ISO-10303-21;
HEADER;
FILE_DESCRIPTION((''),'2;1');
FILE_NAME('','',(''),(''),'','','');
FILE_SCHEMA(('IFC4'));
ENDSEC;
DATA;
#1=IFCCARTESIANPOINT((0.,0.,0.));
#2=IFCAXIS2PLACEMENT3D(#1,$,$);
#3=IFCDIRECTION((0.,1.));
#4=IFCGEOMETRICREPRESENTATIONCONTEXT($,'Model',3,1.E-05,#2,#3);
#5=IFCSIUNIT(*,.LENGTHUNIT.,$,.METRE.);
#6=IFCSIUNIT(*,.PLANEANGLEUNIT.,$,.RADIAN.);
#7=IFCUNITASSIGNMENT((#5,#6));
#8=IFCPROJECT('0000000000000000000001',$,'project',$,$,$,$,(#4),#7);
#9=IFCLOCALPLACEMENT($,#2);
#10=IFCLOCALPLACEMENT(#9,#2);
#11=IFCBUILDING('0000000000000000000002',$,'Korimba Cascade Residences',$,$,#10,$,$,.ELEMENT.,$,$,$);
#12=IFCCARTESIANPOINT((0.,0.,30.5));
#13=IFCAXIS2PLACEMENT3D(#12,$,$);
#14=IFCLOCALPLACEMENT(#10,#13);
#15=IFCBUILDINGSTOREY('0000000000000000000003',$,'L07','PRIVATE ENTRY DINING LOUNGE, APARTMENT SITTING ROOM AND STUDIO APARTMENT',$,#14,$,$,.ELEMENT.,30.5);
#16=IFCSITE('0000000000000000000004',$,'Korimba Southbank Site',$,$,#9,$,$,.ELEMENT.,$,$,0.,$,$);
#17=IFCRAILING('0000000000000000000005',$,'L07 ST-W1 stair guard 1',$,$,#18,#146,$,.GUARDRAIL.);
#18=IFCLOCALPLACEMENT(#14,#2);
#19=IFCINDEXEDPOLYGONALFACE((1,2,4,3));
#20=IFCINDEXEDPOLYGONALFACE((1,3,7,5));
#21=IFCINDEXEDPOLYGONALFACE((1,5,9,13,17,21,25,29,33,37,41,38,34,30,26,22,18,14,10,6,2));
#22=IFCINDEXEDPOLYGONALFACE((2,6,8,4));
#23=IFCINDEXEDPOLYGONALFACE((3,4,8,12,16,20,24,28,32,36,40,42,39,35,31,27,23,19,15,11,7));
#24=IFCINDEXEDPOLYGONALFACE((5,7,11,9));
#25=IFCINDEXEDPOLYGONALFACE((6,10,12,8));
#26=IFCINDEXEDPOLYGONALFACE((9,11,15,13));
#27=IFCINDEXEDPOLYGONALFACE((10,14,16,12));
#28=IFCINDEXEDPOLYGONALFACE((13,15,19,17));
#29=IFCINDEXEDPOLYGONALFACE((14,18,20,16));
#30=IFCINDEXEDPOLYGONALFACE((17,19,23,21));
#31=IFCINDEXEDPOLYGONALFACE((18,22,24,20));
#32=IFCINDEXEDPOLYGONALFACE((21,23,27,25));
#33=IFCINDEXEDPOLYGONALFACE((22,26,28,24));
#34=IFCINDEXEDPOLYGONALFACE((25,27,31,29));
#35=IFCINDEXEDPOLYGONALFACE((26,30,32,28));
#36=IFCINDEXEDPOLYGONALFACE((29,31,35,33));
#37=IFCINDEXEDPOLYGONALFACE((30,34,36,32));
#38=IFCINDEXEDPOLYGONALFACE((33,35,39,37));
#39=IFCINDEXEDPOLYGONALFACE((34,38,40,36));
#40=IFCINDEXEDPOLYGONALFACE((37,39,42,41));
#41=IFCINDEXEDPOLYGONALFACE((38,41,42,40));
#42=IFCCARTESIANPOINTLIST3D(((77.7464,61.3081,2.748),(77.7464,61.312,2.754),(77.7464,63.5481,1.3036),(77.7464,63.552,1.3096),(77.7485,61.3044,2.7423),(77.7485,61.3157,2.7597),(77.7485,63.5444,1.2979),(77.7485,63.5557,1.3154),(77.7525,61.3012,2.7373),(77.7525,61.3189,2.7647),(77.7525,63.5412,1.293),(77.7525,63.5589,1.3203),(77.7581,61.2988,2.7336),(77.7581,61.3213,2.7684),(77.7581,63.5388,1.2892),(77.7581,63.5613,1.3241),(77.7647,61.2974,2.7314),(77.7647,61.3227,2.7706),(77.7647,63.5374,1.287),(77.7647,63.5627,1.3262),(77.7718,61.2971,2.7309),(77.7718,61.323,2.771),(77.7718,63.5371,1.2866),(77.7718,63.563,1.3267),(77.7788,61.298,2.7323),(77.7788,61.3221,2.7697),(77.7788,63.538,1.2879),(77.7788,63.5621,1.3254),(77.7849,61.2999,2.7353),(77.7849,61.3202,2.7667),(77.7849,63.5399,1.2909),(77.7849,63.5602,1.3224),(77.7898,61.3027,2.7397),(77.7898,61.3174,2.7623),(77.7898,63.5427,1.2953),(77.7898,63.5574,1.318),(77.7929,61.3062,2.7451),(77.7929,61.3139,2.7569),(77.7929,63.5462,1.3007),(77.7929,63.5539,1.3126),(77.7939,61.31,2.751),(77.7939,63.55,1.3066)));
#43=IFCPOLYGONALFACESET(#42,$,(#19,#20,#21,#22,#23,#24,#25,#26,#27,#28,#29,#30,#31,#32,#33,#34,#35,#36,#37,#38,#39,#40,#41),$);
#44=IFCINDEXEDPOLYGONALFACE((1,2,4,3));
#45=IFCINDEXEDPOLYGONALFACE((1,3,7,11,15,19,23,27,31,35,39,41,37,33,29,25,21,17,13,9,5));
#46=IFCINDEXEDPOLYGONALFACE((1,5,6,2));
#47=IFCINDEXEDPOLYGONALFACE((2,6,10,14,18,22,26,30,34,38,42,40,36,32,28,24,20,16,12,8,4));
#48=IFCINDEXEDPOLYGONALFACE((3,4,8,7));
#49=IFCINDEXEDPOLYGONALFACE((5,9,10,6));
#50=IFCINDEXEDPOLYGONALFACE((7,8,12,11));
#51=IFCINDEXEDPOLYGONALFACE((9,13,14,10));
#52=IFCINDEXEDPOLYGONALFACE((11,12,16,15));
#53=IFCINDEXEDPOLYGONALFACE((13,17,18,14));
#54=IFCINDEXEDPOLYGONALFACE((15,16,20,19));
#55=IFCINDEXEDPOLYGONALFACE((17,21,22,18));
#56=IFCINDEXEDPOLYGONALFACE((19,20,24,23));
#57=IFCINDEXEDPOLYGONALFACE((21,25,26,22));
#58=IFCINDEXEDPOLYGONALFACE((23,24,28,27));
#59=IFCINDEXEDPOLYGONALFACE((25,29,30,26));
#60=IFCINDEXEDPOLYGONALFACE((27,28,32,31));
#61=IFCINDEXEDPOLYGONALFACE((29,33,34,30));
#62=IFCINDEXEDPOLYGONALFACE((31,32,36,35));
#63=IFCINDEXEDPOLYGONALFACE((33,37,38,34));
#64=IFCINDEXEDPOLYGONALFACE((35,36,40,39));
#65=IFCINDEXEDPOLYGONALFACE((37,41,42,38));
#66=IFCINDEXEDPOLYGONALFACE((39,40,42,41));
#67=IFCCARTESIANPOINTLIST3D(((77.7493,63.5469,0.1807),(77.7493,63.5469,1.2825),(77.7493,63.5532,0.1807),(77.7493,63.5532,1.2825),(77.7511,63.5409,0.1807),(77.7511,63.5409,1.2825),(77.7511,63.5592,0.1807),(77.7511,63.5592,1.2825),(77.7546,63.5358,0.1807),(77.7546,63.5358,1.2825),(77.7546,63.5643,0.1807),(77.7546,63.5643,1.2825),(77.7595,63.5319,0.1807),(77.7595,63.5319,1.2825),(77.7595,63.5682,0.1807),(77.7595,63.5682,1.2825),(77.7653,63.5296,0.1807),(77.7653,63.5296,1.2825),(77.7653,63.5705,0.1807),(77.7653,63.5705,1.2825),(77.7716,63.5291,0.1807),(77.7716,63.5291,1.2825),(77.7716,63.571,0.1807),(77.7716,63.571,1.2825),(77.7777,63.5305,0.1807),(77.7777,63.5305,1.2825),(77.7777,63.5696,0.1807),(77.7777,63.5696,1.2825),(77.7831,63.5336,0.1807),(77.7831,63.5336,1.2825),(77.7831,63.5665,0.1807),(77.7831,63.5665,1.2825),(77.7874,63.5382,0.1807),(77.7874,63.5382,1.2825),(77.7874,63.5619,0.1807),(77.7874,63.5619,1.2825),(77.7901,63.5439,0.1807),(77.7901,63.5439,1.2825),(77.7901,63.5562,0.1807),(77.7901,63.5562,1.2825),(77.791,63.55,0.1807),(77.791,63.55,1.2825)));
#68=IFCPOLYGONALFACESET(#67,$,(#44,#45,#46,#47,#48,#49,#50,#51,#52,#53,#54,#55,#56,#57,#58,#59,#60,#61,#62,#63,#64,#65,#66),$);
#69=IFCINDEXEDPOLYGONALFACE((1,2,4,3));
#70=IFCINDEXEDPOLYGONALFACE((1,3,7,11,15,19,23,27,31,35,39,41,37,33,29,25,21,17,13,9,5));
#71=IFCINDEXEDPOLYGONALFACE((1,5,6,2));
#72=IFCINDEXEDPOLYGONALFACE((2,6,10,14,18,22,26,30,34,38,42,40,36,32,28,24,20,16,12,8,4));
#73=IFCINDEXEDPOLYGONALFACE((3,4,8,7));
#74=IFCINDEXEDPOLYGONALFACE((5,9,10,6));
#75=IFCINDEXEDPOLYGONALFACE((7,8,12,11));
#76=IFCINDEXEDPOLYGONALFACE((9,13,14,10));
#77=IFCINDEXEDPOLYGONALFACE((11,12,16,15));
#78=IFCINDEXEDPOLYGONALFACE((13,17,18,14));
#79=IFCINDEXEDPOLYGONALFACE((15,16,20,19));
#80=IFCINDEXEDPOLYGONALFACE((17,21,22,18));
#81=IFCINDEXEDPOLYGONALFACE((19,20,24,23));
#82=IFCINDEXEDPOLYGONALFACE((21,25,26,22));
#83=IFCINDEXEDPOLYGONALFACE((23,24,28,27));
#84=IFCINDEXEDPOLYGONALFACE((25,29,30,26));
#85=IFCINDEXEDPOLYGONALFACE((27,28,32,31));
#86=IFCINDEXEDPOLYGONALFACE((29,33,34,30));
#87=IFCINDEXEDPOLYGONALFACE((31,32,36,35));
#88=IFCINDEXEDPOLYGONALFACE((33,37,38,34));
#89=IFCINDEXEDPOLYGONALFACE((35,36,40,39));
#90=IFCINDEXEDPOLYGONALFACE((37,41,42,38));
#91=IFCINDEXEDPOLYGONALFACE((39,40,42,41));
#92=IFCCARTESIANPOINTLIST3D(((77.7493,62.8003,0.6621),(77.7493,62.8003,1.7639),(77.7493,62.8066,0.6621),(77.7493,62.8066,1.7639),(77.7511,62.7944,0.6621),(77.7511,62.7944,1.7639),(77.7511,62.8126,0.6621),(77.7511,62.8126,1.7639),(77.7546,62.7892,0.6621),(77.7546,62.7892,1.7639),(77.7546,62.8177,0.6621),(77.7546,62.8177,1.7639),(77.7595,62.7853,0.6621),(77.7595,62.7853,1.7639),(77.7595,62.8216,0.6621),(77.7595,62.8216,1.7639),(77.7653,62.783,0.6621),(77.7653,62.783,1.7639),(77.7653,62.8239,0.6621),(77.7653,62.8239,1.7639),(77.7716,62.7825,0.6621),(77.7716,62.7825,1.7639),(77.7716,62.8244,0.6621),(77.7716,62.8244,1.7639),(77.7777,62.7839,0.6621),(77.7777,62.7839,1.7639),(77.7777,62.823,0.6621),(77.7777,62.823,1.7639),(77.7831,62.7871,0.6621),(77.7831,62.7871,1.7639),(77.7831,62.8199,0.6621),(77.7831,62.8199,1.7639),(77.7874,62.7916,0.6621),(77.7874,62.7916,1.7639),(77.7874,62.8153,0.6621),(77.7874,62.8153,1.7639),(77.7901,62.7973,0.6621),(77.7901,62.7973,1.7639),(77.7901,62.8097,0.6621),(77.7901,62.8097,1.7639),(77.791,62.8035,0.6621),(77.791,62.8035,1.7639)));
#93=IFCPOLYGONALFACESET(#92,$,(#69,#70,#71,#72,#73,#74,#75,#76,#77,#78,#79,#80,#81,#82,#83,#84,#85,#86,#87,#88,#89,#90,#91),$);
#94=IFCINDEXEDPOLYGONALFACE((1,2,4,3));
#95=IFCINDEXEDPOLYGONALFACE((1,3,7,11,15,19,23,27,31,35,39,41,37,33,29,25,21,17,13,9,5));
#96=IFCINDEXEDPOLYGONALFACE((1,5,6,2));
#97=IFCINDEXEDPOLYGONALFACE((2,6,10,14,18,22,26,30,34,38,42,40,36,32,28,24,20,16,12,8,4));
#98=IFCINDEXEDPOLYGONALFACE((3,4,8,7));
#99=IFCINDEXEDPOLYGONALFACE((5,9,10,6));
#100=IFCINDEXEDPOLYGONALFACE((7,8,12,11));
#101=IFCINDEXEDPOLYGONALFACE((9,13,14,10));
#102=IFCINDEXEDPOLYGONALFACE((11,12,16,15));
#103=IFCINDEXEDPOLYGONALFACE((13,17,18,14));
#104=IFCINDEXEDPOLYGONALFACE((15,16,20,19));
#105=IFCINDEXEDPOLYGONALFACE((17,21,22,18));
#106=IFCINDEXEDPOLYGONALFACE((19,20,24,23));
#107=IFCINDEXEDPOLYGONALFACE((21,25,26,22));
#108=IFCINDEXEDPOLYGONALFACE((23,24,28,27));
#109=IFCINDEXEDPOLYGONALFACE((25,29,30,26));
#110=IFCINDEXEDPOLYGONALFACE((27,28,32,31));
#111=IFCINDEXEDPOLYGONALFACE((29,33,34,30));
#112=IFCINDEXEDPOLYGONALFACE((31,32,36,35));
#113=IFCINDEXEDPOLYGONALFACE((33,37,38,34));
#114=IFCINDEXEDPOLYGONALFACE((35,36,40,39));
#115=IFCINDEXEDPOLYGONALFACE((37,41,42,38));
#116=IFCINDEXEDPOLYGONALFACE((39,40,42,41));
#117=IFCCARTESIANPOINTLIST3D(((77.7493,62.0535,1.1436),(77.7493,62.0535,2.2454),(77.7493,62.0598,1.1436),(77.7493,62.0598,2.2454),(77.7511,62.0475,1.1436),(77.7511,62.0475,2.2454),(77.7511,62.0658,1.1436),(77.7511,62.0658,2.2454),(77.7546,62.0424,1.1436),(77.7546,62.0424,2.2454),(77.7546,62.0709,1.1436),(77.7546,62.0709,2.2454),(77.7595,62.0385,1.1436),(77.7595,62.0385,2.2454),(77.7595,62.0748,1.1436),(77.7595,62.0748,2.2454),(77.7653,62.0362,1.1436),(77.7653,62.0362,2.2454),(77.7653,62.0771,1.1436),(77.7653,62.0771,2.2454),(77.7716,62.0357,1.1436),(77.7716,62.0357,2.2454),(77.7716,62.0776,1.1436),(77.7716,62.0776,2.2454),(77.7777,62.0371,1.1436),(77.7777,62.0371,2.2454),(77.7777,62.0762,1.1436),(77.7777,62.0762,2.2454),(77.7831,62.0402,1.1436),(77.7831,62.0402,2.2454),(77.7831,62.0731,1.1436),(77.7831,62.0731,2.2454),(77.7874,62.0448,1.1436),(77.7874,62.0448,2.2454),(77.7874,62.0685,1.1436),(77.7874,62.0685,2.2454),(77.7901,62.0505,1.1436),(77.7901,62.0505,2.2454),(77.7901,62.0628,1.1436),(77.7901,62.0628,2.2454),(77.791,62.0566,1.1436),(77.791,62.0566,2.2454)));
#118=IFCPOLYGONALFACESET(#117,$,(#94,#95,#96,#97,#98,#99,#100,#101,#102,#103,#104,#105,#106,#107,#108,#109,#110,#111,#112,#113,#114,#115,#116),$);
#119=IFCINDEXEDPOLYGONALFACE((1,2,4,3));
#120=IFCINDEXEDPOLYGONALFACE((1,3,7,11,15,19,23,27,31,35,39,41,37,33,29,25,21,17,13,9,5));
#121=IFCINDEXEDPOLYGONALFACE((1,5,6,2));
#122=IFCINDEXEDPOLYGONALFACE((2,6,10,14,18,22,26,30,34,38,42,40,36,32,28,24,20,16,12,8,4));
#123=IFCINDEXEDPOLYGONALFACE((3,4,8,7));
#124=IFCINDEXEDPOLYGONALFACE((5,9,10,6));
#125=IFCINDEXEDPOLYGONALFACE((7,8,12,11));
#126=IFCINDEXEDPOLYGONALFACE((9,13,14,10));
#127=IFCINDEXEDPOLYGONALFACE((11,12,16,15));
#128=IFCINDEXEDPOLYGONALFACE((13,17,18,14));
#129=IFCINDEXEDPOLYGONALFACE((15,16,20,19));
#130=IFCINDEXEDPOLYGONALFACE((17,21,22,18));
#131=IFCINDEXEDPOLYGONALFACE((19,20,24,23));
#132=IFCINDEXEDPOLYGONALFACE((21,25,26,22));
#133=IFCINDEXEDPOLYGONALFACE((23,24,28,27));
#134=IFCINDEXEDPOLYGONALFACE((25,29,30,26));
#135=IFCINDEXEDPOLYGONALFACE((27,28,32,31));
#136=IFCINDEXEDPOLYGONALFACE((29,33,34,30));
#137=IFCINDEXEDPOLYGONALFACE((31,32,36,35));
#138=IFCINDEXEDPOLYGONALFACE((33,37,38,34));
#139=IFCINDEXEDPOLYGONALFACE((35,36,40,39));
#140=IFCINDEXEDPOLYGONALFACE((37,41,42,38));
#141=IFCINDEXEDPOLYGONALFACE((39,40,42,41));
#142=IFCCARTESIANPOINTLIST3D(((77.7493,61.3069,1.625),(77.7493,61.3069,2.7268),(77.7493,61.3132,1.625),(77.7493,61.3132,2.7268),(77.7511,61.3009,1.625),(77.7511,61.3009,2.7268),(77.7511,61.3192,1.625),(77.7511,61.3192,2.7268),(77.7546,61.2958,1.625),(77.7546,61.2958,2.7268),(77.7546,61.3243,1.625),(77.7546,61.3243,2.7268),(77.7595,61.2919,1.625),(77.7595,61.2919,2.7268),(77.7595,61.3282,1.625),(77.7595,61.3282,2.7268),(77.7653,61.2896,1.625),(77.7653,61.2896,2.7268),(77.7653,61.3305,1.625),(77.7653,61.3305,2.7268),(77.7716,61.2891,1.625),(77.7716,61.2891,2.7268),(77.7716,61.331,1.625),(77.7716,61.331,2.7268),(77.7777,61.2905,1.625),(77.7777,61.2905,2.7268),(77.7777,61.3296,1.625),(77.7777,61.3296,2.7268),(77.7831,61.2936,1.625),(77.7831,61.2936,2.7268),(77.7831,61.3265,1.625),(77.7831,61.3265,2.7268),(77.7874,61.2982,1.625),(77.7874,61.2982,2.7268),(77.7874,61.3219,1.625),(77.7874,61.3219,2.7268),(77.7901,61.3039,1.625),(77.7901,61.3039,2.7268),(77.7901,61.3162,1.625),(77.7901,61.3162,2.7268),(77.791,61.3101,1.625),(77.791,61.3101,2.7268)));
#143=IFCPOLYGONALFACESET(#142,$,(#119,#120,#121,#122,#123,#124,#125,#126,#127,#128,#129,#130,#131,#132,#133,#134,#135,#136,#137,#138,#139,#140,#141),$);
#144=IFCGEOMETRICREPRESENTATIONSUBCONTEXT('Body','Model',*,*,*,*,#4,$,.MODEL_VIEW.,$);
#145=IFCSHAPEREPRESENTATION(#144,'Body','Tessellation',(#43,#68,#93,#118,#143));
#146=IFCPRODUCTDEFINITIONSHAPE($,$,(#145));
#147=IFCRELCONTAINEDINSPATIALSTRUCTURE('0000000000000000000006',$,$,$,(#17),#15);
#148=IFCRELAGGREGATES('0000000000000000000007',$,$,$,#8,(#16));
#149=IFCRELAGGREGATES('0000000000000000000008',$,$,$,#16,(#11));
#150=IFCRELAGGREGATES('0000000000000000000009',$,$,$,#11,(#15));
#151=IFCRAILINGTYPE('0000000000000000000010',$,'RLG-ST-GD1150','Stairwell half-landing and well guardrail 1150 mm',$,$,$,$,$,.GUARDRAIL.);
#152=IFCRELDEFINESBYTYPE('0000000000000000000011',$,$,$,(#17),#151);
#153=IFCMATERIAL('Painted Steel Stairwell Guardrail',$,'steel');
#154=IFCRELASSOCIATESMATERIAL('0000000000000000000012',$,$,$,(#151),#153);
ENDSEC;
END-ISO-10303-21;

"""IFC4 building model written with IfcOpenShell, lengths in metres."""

from ifc_helpers import new_model, si_unit, direction, frame, origin, origin_2d, place, context, subcontext, project, spatial, circle, extrude, material, type_object, element, save


model = new_model("IFC4")

# Units and contexts
model_context = context("Model", 3, precision=1e-05, world=origin(), true_north=direction((0.0, 1.0)))
body_context = subcontext(model_context, "Body", "Model", "MODEL_VIEW")
ifc_project = project(units=[si_unit("LENGTHUNIT", "METRE"), si_unit("PLANEANGLEUNIT", "RADIAN")], contexts=[model_context])

# Site, building, storey
site_placement = place(None, origin())
site = spatial("IfcSite", under=ifc_project, at=site_placement, Name="Korimba Southbank Site", CompositionType="ELEMENT", RefElevation=0.0)
building_placement = place(site_placement, origin())
building = spatial("IfcBuilding", under=site, at=building_placement, Name="Korimba Cascade Residences", CompositionType="ELEMENT")
storey_placement = place(building_placement, frame((0.0, 0.0, 30.5)))
storey = spatial("IfcBuildingStorey", under=building, at=storey_placement, Name="L07", Description="PRIVATE ENTRY DINING LOUNGE, APARTMENT SITTING ROOM AND STUDIO APARTMENT", CompositionType="ELEMENT", Elevation=30.5)

# Railing
ifc_material_1 = material(Name="Painted Steel Stairwell Guardrail", Category="steel")
railing_type_1 = type_object("IfcRailingType", Name="RLG-ST-GD1150", Description="Stairwell half-landing and well guardrail 1150 mm", PredefinedType="GUARDRAIL", material=ifc_material_1)
railing_1_placement = place(storey_placement, frame((77.77, 63.55, 0.1807)))
element("IfcRailing", 1, at=railing_1_placement, inside=storey, type_object=railing_type_1, Name="L07 ST-W1 stair guard 1", PredefinedType="GUARDRAIL", context=body_context, shape_type="SweptSolid", body=[
    extrude(circle(Radius=0.0239, at=origin_2d()), frame((0.0, 0.0, 1.126), z_axis=(0.0, -0.840437, 0.54191), x_axis=(1.0, 0.0, 0.0)), (0.0, 0.0, 1.0), 2.6653),
    extrude(circle(Radius=0.021, at=origin_2d()), origin(), (0.0, 0.0, 1.0), 1.1018),
    extrude(circle(Radius=0.021, at=origin_2d()), frame((0.0, -0.7466, 0.4814)), (0.0, 0.0, 1.0), 1.1018),
    extrude(circle(Radius=0.021, at=origin_2d()), frame((0.0, -1.4934, 0.9629)), (0.0, 0.0, 1.0), 1.1018),
    extrude(circle(Radius=0.021, at=origin_2d()), frame((0.0, -2.24, 1.4443)), (0.0, 0.0, 1.0), 1.1018),
])

save(model, "model.ifc")
